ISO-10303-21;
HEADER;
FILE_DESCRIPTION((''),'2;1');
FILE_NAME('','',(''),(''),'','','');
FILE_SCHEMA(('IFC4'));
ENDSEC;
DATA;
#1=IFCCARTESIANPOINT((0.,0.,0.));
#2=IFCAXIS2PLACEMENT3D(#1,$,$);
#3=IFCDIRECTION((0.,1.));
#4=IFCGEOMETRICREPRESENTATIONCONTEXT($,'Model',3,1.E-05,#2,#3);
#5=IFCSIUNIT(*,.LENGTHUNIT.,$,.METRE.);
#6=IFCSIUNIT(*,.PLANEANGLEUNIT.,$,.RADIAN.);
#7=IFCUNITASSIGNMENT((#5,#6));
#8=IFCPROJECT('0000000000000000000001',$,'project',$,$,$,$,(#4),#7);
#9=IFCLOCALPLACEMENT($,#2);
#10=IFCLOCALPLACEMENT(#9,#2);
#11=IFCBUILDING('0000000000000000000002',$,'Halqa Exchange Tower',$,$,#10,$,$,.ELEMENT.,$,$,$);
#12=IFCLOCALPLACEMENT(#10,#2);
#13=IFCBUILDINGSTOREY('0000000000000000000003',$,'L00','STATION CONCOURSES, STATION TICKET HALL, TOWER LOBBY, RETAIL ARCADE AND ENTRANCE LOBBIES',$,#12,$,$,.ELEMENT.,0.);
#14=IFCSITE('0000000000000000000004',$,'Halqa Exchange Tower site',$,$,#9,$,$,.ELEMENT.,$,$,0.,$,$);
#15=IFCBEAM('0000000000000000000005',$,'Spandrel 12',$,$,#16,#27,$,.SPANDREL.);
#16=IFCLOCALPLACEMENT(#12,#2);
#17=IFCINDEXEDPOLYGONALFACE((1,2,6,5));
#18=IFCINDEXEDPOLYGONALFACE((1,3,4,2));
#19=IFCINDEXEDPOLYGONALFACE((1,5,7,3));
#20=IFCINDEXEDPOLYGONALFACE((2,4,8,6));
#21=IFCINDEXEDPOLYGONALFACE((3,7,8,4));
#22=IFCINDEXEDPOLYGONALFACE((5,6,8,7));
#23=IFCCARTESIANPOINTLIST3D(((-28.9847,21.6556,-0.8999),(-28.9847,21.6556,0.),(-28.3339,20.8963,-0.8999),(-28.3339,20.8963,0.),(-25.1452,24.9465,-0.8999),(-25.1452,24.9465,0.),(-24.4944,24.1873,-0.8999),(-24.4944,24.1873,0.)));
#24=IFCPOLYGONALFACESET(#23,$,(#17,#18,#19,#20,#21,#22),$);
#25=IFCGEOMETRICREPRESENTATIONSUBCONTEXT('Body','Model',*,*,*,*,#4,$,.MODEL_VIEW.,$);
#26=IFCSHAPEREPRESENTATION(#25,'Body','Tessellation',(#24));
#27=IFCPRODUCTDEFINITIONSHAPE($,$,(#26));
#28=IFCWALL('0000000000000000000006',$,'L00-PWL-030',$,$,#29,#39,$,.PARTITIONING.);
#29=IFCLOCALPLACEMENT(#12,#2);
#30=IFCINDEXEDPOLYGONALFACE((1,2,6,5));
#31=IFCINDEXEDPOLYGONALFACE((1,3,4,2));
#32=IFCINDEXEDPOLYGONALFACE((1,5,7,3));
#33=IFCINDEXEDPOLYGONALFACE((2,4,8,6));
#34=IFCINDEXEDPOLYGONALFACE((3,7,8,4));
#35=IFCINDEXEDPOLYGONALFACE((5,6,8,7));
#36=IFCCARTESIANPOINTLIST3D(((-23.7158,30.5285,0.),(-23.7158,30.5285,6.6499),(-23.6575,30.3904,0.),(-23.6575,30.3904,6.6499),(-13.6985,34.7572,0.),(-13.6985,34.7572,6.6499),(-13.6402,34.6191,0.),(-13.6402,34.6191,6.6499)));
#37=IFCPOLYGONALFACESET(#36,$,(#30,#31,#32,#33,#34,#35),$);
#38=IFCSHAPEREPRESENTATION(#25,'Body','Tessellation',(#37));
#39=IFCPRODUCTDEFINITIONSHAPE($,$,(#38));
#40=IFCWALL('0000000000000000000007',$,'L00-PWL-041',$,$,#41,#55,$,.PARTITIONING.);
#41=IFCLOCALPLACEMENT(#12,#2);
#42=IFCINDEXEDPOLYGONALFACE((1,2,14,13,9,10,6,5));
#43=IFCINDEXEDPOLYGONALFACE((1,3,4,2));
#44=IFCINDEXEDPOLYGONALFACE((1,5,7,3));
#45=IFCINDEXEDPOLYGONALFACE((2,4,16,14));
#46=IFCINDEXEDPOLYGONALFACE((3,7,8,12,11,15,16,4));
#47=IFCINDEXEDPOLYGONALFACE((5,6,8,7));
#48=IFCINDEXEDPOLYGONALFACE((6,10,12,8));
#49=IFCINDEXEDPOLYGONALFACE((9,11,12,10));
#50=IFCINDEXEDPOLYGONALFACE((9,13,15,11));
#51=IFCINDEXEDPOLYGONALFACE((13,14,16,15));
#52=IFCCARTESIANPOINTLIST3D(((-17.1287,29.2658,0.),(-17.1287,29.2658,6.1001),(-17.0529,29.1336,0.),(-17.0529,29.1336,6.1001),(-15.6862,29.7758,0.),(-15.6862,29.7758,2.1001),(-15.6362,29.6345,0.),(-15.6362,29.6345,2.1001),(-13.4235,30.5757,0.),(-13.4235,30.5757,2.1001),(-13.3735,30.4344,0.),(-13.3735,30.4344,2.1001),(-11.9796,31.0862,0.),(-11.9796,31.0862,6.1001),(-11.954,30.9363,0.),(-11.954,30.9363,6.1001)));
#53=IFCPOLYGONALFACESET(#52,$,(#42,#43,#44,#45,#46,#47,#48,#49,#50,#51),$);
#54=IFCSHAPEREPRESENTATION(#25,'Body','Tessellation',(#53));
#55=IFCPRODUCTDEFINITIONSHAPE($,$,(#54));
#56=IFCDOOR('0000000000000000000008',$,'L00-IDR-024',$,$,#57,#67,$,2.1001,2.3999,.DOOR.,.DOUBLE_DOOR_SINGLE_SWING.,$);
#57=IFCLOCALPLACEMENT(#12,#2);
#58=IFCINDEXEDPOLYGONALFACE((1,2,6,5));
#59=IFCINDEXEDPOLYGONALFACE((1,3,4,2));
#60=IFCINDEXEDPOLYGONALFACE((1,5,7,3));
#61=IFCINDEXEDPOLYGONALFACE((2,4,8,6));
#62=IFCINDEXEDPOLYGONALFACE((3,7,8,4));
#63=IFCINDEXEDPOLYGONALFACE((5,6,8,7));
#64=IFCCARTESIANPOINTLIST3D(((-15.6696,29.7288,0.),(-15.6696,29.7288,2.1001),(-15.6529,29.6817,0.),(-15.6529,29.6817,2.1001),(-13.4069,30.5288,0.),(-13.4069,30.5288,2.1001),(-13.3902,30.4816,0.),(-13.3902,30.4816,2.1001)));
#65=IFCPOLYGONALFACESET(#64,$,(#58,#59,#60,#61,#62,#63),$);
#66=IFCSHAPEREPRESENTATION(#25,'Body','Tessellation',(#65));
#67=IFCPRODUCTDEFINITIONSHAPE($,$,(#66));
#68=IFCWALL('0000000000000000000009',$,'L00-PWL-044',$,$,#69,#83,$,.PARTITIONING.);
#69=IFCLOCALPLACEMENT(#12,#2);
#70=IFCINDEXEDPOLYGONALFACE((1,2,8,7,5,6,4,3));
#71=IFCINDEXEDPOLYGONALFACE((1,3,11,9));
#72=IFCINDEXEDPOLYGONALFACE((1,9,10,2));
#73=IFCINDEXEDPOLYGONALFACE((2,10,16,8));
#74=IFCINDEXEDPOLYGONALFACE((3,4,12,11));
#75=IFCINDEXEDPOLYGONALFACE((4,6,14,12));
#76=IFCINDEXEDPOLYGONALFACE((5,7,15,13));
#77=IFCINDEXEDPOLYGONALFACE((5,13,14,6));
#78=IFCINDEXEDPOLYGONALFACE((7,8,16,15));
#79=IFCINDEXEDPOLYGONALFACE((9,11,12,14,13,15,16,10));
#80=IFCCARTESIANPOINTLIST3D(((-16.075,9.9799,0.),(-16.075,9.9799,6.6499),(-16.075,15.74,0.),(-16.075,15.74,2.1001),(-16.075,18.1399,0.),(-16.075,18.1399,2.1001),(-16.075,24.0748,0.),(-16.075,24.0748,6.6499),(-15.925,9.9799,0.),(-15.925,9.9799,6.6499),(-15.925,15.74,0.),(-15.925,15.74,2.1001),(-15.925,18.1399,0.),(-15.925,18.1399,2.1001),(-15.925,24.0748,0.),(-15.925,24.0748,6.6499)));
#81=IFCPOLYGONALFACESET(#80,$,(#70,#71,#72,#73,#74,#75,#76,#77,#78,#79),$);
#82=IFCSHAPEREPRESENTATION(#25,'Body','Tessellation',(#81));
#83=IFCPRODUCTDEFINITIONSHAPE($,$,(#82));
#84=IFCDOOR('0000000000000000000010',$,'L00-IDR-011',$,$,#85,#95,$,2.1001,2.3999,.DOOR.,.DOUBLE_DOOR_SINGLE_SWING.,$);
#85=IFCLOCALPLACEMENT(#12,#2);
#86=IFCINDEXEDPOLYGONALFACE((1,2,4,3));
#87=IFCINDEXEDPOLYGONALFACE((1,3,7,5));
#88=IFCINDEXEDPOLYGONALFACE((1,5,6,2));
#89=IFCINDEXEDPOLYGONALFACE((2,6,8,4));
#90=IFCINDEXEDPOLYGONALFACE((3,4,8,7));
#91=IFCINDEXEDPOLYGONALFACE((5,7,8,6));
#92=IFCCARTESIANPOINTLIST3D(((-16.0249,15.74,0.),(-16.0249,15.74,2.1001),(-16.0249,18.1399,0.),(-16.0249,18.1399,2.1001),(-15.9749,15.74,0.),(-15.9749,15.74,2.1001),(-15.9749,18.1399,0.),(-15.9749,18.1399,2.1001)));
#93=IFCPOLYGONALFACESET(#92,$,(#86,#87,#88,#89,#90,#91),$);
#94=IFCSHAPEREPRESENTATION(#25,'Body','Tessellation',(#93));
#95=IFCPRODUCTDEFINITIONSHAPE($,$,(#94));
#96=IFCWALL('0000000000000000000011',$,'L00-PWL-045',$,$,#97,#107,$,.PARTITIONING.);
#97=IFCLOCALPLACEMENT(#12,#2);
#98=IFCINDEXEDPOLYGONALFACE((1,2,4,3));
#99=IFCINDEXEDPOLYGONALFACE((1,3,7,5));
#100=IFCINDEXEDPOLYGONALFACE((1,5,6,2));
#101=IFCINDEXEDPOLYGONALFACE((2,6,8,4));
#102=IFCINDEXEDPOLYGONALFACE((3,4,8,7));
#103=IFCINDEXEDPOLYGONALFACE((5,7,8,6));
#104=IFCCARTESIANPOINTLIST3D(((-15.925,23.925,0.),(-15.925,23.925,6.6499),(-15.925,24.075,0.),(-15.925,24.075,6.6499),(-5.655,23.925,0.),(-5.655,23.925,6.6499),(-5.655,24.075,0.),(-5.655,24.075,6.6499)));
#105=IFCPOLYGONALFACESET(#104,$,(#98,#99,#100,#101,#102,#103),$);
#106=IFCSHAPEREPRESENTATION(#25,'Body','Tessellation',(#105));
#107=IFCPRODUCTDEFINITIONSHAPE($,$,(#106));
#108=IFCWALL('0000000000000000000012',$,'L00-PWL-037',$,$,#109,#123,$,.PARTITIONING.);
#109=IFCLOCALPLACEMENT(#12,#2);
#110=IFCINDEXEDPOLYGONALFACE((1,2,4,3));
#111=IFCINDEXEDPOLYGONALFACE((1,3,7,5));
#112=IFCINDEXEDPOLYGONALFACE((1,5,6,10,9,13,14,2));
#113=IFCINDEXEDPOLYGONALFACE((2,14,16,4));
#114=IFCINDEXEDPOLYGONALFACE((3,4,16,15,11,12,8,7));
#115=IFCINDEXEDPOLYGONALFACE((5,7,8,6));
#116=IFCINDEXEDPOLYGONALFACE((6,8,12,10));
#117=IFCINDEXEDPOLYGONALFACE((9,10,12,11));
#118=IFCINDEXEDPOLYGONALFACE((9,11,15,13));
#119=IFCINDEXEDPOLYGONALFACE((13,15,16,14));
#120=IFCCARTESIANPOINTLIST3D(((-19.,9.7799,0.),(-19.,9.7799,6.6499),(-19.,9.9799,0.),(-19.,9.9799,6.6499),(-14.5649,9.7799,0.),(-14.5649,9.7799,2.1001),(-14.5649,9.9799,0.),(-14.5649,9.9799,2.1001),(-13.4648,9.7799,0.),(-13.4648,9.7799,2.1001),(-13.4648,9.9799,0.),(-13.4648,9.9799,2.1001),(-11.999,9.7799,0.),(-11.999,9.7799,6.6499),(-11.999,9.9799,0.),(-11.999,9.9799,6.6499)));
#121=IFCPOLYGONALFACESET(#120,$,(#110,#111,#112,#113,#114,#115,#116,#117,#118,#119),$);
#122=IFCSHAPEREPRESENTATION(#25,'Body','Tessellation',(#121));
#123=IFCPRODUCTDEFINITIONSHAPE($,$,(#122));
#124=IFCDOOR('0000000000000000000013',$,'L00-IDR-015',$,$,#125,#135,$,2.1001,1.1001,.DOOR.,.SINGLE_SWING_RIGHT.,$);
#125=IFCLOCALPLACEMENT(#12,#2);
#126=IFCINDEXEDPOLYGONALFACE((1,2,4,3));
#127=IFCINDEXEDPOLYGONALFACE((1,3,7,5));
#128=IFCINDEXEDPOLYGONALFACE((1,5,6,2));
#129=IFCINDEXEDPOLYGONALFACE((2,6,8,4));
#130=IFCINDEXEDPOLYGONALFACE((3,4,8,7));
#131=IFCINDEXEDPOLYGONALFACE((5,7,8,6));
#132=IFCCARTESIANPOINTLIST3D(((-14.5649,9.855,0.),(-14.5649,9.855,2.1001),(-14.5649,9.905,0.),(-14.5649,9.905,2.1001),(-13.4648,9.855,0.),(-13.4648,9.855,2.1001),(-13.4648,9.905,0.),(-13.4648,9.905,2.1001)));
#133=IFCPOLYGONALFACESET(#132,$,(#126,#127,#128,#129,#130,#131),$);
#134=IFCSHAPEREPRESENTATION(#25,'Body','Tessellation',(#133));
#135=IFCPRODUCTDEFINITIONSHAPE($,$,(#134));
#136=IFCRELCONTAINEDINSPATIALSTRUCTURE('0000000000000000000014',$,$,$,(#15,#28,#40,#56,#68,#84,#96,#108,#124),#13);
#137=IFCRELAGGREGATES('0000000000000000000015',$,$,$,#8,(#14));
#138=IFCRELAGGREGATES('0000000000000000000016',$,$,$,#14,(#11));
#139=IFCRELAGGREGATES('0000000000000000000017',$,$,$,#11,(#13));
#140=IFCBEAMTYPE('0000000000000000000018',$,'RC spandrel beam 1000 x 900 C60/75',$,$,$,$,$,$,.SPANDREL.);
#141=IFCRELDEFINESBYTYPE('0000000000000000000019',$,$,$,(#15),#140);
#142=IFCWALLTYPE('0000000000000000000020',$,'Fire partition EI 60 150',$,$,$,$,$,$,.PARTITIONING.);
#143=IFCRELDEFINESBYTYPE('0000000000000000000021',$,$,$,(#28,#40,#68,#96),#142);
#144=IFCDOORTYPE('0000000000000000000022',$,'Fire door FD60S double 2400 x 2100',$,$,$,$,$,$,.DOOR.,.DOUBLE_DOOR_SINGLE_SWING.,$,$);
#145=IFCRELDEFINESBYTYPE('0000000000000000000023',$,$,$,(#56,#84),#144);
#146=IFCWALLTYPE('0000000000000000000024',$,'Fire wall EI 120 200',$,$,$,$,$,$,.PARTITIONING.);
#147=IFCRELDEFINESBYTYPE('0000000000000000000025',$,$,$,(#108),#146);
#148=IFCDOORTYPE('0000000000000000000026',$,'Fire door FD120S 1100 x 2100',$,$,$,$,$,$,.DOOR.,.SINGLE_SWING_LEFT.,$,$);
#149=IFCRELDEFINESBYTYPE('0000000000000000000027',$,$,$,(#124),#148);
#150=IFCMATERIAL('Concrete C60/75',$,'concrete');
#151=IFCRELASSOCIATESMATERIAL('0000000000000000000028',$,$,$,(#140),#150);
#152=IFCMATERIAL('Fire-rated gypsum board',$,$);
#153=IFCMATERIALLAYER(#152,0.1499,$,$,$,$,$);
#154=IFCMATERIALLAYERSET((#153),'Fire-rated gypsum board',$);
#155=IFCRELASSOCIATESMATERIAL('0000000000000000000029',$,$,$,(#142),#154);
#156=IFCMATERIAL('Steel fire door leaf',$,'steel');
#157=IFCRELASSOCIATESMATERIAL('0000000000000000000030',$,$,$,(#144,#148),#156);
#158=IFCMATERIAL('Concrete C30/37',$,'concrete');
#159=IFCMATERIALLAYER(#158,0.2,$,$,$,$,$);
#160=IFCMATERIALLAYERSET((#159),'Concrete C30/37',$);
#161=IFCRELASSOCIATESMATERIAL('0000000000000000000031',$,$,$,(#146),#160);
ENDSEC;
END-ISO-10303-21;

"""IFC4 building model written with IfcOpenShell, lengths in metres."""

from ifc_helpers import new_model, si_unit, direction, frame, frame_2d, origin, origin_2d, place, context, subcontext, project, spatial, polyline, rectangle, outline, extrude, material, layer, layer_set, material_profile, profile_set, type_object, element, fill, save


model = new_model("IFC4")

# Units and contexts
model_context = context("Model", 3, precision=1e-05, world=origin(), true_north=direction((0.0, 1.0)))
body_context = subcontext(model_context, "Body", "Model", "MODEL_VIEW")
ifc_project = project(units=[si_unit("LENGTHUNIT", "METRE"), si_unit("PLANEANGLEUNIT", "RADIAN")], contexts=[model_context])

# Site, building, storey
site_placement = place(None, origin())
site = spatial("IfcSite", under=ifc_project, at=site_placement, Name="Halqa Exchange Tower site", CompositionType="ELEMENT", RefElevation=0.0)
building_placement = place(site_placement, origin())
building = spatial("IfcBuilding", under=site, at=building_placement, Name="Halqa Exchange Tower", CompositionType="ELEMENT")
storey_placement = place(building_placement, origin())
storey = spatial("IfcBuildingStorey", under=building, at=storey_placement, Name="L00", Description="STATION CONCOURSES, STATION TICKET HALL, TOWER LOBBY, RETAIL ARCADE AND ENTRANCE LOBBIES", CompositionType="ELEMENT", Elevation=0.0)

# Beam
ifc_material_1 = material(Name="Concrete C60/75", Category="concrete")
ifc_material_profile_1 = material_profile(ifc_material_1, rectangle(XDim=1.0, YDim=0.8999, at=origin_2d()), Name="1000 x 900")
ifc_profile_set_1 = profile_set([ifc_material_profile_1], Name="Concrete C60/75")
beam_type_1 = type_object("IfcBeamType", Name="RC spandrel beam 1000 x 900 C60/75", PredefinedType="SPANDREL", material=ifc_profile_set_1)
beam_1_placement = place(storey_placement, frame((-24.8198, 24.5669, -0.45), z_axis=(-0.759263, -0.650783, 0.0), x_axis=(0.650783, -0.759263, 0.0)))
element("IfcBeam", 1, at=beam_1_placement, inside=storey, type_object=beam_type_1, Name="Spandrel 12", PredefinedType="SPANDREL", context=body_context, shape_type="SweptSolid", body=[
    extrude(rectangle(XDim=1.0, YDim=0.8999, at=origin_2d()), origin(), (0.0, 0.0, 1.0), 5.0569),
])

# Wall
ifc_material_2 = material(Name="Fire-rated gypsum board")
ifc_layer_1 = layer(ifc_material_2, 0.1499)
ifc_layer_set_1 = layer_set([ifc_layer_1], Name="Fire-rated gypsum board")
wall_type_1 = type_object("IfcWallType", Name="Fire partition EI 60 150", PredefinedType="PARTITIONING", material=ifc_layer_set_1)
wall_1_placement = place(storey_placement, frame((-23.6865, 30.4595, 0.0), z_axis=(0.0, 0.0, 1.0), x_axis=(0.921275, 0.388911, 0.0)))
element("IfcWall", 2, at=wall_1_placement, inside=storey, type_object=wall_type_1, Name="L00-PWL-030", PredefinedType="PARTITIONING", context=body_context, shape_type="SweptSolid", body=[
    extrude(rectangle(XDim=10.8733, YDim=0.1499, at=frame_2d((5.4365, 0.0))), origin(), (0.0, 0.0, 1.0), 6.6499),
])

# Walls, openings, doors
wall_2_placement = place(storey_placement, frame((-17.0908, 29.1997, 0.0), z_axis=(0.0, 0.0, 1.0), x_axis=(0.942814, 0.333318, 0.0)))
wall_2 = element("IfcWall", 3, at=wall_2_placement, inside=storey, type_object=wall_type_1, Name="L00-PWL-041", PredefinedType="PARTITIONING", context=body_context, shape_type="SweptSolid", body=[
    extrude(outline(polyline([(0.0137, -0.075), (5.4219, -0.075), (5.4478, 0.075), (-0.0137, 0.075), (0.0137, -0.075)])), origin(), (0.0, 0.0, 1.0), 6.1001),
])
opening_1_placement = place(wall_2_placement, frame((1.5164, 0.0, 0.0)))
opening_1 = element("IfcOpeningElement", 4, at=opening_1_placement, cuts=wall_2, PredefinedType="OPENING", context=body_context, shape_type="SweptSolid", body=[
    extrude(rectangle(XDim=2.3999, YDim=2.1001, at=frame_2d((1.2, 1.05))), frame((0.0, 0.0869, 0.0), z_axis=(0.0, -1.0, 0.0), x_axis=(1.0, 0.0, 0.0)), (0.0, 0.0, 1.0), 0.1738),
])
ifc_material_3 = material(Name="Steel fire door leaf", Category="steel")
door_type_1 = type_object("IfcDoorType", Name="Fire door FD60S double 2400 x 2100", OperationType="DOUBLE_DOOR_SINGLE_SWING", PredefinedType="DOOR", material=ifc_material_3)
door_1_placement = place(opening_1_placement, frame((2.3999, 0.0, 0.0), z_axis=(0.0, 0.0, 1.0), x_axis=(-1.0, 0.0, 0.0)))
door_1 = element("IfcDoor", 5, at=door_1_placement, inside=storey, type_object=door_type_1, Name="L00-IDR-024", OperationType="DOUBLE_DOOR_SINGLE_SWING", OverallHeight=2.1001, OverallWidth=2.3999, PredefinedType="DOOR", context=body_context, shape_type="SweptSolid", body=[
    extrude(rectangle(XDim=2.3999, YDim=2.1001, at=frame_2d((1.2, 1.05))), frame((0.0, 0.0249, 0.0), z_axis=(0.0, -1.0, 0.0), x_axis=(1.0, 0.0, 0.0)), (0.0, 0.0, 1.0), 0.05),
])
fill(opening_1, door_1)
wall_3_placement = place(storey_placement, frame((-16.0, 9.98, 0.0), z_axis=(0.0, 0.0, 1.0), x_axis=(0.0, 1.0, 0.0)))
wall_3 = element("IfcWall", 6, at=wall_3_placement, inside=storey, type_object=wall_type_1, Name="L00-PWL-044", PredefinedType="PARTITIONING", context=body_context, shape_type="SweptSolid", body=[
    extrude(rectangle(XDim=14.095, YDim=0.1499, at=frame_2d((7.0474, 0.0))), origin(), (0.0, 0.0, 1.0), 6.6499),
])
opening_2_placement = place(wall_3_placement, frame((5.76, 0.0, 0.0)))
opening_2 = element("IfcOpeningElement", 7, at=opening_2_placement, cuts=wall_3, PredefinedType="OPENING", context=body_context, shape_type="SweptSolid", body=[
    extrude(rectangle(XDim=2.3999, YDim=2.1001, at=frame_2d((1.2, 1.05))), frame((0.0, 0.0869, 0.0), z_axis=(0.0, -1.0, 0.0), x_axis=(1.0, 0.0, 0.0)), (0.0, 0.0, 1.0), 0.1738),
])
door_2_placement = place(opening_2_placement, origin())
door_2 = element("IfcDoor", 8, at=door_2_placement, inside=storey, type_object=door_type_1, Name="L00-IDR-011", OperationType="DOUBLE_DOOR_SINGLE_SWING", OverallHeight=2.1001, OverallWidth=2.3999, PredefinedType="DOOR", context=body_context, shape_type="SweptSolid", body=[
    extrude(rectangle(XDim=2.3999, YDim=2.1001, at=frame_2d((1.2, 1.05))), frame((0.0, 0.0249, 0.0), z_axis=(0.0, -1.0, 0.0), x_axis=(1.0, 0.0, 0.0)), (0.0, 0.0, 1.0), 0.05),
])
fill(opening_2, door_2)

# Wall
wall_4_placement = place(storey_placement, frame((-15.925, 24.0, 0.0), z_axis=(0.0, 0.0, 1.0), x_axis=(1.0, 0.0, 0.0)))
element("IfcWall", 9, at=wall_4_placement, inside=storey, type_object=wall_type_1, Name="L00-PWL-045", PredefinedType="PARTITIONING", context=body_context, shape_type="SweptSolid", body=[
    extrude(rectangle(XDim=10.27, YDim=0.1499, at=frame_2d((5.135, 0.0))), origin(), (0.0, 0.0, 1.0), 6.6499),
])

# Wall, opening, door
ifc_material_4 = material(Name="Concrete C30/37", Category="concrete")
ifc_layer_2 = layer(ifc_material_4, 0.2)
ifc_layer_set_2 = layer_set([ifc_layer_2], Name="Concrete C30/37")
wall_type_2 = type_object("IfcWallType", Name="Fire wall EI 120 200", PredefinedType="PARTITIONING", material=ifc_layer_set_2)
wall_5_placement = place(storey_placement, frame((-19.0, 9.8799, 0.0), z_axis=(0.0, 0.0, 1.0), x_axis=(1.0, 0.0, 0.0)))
wall_5 = element("IfcWall", 10, at=wall_5_placement, inside=storey, type_object=wall_type_2, Name="L00-PWL-037", PredefinedType="PARTITIONING", context=body_context, shape_type="SweptSolid", body=[
    extrude(rectangle(XDim=7.001, YDim=0.2, at=frame_2d((3.5005, 0.0))), origin(), (0.0, 0.0, 1.0), 6.6499),
])
opening_3_placement = place(wall_5_placement, frame((4.4351, 0.0, 0.0)))
opening_3 = element("IfcOpeningElement", 11, at=opening_3_placement, cuts=wall_5, PredefinedType="OPENING", context=body_context, shape_type="SweptSolid", body=[
    extrude(rectangle(XDim=1.1001, YDim=2.1001, at=frame_2d((0.55, 1.05))), frame((0.0, 0.1121, 0.0), z_axis=(0.0, -1.0, 0.0), x_axis=(1.0, 0.0, 0.0)), (0.0, 0.0, 1.0), 0.2239),
])
door_type_2 = type_object("IfcDoorType", Name="Fire door FD120S 1100 x 2100", OperationType="SINGLE_SWING_LEFT", PredefinedType="DOOR", material=ifc_material_3)
door_3_placement = place(opening_3_placement, frame((1.1001, 0.0, 0.0), z_axis=(0.0, 0.0, 1.0), x_axis=(-1.0, 0.0, 0.0)))
door_3 = element("IfcDoor", 12, at=door_3_placement, inside=storey, type_object=door_type_2, Name="L00-IDR-015", OperationType="SINGLE_SWING_RIGHT", OverallHeight=2.1001, OverallWidth=1.1001, PredefinedType="DOOR", context=body_context, shape_type="SweptSolid", body=[
    extrude(rectangle(XDim=1.1001, YDim=2.1001, at=frame_2d((0.55, 1.05))), frame((0.0, 0.0249, 0.0), z_axis=(0.0, -1.0, 0.0), x_axis=(1.0, 0.0, 0.0)), (0.0, 0.0, 1.0), 0.05),
])
fill(opening_3, door_3)

save(model, "model.ifc")
